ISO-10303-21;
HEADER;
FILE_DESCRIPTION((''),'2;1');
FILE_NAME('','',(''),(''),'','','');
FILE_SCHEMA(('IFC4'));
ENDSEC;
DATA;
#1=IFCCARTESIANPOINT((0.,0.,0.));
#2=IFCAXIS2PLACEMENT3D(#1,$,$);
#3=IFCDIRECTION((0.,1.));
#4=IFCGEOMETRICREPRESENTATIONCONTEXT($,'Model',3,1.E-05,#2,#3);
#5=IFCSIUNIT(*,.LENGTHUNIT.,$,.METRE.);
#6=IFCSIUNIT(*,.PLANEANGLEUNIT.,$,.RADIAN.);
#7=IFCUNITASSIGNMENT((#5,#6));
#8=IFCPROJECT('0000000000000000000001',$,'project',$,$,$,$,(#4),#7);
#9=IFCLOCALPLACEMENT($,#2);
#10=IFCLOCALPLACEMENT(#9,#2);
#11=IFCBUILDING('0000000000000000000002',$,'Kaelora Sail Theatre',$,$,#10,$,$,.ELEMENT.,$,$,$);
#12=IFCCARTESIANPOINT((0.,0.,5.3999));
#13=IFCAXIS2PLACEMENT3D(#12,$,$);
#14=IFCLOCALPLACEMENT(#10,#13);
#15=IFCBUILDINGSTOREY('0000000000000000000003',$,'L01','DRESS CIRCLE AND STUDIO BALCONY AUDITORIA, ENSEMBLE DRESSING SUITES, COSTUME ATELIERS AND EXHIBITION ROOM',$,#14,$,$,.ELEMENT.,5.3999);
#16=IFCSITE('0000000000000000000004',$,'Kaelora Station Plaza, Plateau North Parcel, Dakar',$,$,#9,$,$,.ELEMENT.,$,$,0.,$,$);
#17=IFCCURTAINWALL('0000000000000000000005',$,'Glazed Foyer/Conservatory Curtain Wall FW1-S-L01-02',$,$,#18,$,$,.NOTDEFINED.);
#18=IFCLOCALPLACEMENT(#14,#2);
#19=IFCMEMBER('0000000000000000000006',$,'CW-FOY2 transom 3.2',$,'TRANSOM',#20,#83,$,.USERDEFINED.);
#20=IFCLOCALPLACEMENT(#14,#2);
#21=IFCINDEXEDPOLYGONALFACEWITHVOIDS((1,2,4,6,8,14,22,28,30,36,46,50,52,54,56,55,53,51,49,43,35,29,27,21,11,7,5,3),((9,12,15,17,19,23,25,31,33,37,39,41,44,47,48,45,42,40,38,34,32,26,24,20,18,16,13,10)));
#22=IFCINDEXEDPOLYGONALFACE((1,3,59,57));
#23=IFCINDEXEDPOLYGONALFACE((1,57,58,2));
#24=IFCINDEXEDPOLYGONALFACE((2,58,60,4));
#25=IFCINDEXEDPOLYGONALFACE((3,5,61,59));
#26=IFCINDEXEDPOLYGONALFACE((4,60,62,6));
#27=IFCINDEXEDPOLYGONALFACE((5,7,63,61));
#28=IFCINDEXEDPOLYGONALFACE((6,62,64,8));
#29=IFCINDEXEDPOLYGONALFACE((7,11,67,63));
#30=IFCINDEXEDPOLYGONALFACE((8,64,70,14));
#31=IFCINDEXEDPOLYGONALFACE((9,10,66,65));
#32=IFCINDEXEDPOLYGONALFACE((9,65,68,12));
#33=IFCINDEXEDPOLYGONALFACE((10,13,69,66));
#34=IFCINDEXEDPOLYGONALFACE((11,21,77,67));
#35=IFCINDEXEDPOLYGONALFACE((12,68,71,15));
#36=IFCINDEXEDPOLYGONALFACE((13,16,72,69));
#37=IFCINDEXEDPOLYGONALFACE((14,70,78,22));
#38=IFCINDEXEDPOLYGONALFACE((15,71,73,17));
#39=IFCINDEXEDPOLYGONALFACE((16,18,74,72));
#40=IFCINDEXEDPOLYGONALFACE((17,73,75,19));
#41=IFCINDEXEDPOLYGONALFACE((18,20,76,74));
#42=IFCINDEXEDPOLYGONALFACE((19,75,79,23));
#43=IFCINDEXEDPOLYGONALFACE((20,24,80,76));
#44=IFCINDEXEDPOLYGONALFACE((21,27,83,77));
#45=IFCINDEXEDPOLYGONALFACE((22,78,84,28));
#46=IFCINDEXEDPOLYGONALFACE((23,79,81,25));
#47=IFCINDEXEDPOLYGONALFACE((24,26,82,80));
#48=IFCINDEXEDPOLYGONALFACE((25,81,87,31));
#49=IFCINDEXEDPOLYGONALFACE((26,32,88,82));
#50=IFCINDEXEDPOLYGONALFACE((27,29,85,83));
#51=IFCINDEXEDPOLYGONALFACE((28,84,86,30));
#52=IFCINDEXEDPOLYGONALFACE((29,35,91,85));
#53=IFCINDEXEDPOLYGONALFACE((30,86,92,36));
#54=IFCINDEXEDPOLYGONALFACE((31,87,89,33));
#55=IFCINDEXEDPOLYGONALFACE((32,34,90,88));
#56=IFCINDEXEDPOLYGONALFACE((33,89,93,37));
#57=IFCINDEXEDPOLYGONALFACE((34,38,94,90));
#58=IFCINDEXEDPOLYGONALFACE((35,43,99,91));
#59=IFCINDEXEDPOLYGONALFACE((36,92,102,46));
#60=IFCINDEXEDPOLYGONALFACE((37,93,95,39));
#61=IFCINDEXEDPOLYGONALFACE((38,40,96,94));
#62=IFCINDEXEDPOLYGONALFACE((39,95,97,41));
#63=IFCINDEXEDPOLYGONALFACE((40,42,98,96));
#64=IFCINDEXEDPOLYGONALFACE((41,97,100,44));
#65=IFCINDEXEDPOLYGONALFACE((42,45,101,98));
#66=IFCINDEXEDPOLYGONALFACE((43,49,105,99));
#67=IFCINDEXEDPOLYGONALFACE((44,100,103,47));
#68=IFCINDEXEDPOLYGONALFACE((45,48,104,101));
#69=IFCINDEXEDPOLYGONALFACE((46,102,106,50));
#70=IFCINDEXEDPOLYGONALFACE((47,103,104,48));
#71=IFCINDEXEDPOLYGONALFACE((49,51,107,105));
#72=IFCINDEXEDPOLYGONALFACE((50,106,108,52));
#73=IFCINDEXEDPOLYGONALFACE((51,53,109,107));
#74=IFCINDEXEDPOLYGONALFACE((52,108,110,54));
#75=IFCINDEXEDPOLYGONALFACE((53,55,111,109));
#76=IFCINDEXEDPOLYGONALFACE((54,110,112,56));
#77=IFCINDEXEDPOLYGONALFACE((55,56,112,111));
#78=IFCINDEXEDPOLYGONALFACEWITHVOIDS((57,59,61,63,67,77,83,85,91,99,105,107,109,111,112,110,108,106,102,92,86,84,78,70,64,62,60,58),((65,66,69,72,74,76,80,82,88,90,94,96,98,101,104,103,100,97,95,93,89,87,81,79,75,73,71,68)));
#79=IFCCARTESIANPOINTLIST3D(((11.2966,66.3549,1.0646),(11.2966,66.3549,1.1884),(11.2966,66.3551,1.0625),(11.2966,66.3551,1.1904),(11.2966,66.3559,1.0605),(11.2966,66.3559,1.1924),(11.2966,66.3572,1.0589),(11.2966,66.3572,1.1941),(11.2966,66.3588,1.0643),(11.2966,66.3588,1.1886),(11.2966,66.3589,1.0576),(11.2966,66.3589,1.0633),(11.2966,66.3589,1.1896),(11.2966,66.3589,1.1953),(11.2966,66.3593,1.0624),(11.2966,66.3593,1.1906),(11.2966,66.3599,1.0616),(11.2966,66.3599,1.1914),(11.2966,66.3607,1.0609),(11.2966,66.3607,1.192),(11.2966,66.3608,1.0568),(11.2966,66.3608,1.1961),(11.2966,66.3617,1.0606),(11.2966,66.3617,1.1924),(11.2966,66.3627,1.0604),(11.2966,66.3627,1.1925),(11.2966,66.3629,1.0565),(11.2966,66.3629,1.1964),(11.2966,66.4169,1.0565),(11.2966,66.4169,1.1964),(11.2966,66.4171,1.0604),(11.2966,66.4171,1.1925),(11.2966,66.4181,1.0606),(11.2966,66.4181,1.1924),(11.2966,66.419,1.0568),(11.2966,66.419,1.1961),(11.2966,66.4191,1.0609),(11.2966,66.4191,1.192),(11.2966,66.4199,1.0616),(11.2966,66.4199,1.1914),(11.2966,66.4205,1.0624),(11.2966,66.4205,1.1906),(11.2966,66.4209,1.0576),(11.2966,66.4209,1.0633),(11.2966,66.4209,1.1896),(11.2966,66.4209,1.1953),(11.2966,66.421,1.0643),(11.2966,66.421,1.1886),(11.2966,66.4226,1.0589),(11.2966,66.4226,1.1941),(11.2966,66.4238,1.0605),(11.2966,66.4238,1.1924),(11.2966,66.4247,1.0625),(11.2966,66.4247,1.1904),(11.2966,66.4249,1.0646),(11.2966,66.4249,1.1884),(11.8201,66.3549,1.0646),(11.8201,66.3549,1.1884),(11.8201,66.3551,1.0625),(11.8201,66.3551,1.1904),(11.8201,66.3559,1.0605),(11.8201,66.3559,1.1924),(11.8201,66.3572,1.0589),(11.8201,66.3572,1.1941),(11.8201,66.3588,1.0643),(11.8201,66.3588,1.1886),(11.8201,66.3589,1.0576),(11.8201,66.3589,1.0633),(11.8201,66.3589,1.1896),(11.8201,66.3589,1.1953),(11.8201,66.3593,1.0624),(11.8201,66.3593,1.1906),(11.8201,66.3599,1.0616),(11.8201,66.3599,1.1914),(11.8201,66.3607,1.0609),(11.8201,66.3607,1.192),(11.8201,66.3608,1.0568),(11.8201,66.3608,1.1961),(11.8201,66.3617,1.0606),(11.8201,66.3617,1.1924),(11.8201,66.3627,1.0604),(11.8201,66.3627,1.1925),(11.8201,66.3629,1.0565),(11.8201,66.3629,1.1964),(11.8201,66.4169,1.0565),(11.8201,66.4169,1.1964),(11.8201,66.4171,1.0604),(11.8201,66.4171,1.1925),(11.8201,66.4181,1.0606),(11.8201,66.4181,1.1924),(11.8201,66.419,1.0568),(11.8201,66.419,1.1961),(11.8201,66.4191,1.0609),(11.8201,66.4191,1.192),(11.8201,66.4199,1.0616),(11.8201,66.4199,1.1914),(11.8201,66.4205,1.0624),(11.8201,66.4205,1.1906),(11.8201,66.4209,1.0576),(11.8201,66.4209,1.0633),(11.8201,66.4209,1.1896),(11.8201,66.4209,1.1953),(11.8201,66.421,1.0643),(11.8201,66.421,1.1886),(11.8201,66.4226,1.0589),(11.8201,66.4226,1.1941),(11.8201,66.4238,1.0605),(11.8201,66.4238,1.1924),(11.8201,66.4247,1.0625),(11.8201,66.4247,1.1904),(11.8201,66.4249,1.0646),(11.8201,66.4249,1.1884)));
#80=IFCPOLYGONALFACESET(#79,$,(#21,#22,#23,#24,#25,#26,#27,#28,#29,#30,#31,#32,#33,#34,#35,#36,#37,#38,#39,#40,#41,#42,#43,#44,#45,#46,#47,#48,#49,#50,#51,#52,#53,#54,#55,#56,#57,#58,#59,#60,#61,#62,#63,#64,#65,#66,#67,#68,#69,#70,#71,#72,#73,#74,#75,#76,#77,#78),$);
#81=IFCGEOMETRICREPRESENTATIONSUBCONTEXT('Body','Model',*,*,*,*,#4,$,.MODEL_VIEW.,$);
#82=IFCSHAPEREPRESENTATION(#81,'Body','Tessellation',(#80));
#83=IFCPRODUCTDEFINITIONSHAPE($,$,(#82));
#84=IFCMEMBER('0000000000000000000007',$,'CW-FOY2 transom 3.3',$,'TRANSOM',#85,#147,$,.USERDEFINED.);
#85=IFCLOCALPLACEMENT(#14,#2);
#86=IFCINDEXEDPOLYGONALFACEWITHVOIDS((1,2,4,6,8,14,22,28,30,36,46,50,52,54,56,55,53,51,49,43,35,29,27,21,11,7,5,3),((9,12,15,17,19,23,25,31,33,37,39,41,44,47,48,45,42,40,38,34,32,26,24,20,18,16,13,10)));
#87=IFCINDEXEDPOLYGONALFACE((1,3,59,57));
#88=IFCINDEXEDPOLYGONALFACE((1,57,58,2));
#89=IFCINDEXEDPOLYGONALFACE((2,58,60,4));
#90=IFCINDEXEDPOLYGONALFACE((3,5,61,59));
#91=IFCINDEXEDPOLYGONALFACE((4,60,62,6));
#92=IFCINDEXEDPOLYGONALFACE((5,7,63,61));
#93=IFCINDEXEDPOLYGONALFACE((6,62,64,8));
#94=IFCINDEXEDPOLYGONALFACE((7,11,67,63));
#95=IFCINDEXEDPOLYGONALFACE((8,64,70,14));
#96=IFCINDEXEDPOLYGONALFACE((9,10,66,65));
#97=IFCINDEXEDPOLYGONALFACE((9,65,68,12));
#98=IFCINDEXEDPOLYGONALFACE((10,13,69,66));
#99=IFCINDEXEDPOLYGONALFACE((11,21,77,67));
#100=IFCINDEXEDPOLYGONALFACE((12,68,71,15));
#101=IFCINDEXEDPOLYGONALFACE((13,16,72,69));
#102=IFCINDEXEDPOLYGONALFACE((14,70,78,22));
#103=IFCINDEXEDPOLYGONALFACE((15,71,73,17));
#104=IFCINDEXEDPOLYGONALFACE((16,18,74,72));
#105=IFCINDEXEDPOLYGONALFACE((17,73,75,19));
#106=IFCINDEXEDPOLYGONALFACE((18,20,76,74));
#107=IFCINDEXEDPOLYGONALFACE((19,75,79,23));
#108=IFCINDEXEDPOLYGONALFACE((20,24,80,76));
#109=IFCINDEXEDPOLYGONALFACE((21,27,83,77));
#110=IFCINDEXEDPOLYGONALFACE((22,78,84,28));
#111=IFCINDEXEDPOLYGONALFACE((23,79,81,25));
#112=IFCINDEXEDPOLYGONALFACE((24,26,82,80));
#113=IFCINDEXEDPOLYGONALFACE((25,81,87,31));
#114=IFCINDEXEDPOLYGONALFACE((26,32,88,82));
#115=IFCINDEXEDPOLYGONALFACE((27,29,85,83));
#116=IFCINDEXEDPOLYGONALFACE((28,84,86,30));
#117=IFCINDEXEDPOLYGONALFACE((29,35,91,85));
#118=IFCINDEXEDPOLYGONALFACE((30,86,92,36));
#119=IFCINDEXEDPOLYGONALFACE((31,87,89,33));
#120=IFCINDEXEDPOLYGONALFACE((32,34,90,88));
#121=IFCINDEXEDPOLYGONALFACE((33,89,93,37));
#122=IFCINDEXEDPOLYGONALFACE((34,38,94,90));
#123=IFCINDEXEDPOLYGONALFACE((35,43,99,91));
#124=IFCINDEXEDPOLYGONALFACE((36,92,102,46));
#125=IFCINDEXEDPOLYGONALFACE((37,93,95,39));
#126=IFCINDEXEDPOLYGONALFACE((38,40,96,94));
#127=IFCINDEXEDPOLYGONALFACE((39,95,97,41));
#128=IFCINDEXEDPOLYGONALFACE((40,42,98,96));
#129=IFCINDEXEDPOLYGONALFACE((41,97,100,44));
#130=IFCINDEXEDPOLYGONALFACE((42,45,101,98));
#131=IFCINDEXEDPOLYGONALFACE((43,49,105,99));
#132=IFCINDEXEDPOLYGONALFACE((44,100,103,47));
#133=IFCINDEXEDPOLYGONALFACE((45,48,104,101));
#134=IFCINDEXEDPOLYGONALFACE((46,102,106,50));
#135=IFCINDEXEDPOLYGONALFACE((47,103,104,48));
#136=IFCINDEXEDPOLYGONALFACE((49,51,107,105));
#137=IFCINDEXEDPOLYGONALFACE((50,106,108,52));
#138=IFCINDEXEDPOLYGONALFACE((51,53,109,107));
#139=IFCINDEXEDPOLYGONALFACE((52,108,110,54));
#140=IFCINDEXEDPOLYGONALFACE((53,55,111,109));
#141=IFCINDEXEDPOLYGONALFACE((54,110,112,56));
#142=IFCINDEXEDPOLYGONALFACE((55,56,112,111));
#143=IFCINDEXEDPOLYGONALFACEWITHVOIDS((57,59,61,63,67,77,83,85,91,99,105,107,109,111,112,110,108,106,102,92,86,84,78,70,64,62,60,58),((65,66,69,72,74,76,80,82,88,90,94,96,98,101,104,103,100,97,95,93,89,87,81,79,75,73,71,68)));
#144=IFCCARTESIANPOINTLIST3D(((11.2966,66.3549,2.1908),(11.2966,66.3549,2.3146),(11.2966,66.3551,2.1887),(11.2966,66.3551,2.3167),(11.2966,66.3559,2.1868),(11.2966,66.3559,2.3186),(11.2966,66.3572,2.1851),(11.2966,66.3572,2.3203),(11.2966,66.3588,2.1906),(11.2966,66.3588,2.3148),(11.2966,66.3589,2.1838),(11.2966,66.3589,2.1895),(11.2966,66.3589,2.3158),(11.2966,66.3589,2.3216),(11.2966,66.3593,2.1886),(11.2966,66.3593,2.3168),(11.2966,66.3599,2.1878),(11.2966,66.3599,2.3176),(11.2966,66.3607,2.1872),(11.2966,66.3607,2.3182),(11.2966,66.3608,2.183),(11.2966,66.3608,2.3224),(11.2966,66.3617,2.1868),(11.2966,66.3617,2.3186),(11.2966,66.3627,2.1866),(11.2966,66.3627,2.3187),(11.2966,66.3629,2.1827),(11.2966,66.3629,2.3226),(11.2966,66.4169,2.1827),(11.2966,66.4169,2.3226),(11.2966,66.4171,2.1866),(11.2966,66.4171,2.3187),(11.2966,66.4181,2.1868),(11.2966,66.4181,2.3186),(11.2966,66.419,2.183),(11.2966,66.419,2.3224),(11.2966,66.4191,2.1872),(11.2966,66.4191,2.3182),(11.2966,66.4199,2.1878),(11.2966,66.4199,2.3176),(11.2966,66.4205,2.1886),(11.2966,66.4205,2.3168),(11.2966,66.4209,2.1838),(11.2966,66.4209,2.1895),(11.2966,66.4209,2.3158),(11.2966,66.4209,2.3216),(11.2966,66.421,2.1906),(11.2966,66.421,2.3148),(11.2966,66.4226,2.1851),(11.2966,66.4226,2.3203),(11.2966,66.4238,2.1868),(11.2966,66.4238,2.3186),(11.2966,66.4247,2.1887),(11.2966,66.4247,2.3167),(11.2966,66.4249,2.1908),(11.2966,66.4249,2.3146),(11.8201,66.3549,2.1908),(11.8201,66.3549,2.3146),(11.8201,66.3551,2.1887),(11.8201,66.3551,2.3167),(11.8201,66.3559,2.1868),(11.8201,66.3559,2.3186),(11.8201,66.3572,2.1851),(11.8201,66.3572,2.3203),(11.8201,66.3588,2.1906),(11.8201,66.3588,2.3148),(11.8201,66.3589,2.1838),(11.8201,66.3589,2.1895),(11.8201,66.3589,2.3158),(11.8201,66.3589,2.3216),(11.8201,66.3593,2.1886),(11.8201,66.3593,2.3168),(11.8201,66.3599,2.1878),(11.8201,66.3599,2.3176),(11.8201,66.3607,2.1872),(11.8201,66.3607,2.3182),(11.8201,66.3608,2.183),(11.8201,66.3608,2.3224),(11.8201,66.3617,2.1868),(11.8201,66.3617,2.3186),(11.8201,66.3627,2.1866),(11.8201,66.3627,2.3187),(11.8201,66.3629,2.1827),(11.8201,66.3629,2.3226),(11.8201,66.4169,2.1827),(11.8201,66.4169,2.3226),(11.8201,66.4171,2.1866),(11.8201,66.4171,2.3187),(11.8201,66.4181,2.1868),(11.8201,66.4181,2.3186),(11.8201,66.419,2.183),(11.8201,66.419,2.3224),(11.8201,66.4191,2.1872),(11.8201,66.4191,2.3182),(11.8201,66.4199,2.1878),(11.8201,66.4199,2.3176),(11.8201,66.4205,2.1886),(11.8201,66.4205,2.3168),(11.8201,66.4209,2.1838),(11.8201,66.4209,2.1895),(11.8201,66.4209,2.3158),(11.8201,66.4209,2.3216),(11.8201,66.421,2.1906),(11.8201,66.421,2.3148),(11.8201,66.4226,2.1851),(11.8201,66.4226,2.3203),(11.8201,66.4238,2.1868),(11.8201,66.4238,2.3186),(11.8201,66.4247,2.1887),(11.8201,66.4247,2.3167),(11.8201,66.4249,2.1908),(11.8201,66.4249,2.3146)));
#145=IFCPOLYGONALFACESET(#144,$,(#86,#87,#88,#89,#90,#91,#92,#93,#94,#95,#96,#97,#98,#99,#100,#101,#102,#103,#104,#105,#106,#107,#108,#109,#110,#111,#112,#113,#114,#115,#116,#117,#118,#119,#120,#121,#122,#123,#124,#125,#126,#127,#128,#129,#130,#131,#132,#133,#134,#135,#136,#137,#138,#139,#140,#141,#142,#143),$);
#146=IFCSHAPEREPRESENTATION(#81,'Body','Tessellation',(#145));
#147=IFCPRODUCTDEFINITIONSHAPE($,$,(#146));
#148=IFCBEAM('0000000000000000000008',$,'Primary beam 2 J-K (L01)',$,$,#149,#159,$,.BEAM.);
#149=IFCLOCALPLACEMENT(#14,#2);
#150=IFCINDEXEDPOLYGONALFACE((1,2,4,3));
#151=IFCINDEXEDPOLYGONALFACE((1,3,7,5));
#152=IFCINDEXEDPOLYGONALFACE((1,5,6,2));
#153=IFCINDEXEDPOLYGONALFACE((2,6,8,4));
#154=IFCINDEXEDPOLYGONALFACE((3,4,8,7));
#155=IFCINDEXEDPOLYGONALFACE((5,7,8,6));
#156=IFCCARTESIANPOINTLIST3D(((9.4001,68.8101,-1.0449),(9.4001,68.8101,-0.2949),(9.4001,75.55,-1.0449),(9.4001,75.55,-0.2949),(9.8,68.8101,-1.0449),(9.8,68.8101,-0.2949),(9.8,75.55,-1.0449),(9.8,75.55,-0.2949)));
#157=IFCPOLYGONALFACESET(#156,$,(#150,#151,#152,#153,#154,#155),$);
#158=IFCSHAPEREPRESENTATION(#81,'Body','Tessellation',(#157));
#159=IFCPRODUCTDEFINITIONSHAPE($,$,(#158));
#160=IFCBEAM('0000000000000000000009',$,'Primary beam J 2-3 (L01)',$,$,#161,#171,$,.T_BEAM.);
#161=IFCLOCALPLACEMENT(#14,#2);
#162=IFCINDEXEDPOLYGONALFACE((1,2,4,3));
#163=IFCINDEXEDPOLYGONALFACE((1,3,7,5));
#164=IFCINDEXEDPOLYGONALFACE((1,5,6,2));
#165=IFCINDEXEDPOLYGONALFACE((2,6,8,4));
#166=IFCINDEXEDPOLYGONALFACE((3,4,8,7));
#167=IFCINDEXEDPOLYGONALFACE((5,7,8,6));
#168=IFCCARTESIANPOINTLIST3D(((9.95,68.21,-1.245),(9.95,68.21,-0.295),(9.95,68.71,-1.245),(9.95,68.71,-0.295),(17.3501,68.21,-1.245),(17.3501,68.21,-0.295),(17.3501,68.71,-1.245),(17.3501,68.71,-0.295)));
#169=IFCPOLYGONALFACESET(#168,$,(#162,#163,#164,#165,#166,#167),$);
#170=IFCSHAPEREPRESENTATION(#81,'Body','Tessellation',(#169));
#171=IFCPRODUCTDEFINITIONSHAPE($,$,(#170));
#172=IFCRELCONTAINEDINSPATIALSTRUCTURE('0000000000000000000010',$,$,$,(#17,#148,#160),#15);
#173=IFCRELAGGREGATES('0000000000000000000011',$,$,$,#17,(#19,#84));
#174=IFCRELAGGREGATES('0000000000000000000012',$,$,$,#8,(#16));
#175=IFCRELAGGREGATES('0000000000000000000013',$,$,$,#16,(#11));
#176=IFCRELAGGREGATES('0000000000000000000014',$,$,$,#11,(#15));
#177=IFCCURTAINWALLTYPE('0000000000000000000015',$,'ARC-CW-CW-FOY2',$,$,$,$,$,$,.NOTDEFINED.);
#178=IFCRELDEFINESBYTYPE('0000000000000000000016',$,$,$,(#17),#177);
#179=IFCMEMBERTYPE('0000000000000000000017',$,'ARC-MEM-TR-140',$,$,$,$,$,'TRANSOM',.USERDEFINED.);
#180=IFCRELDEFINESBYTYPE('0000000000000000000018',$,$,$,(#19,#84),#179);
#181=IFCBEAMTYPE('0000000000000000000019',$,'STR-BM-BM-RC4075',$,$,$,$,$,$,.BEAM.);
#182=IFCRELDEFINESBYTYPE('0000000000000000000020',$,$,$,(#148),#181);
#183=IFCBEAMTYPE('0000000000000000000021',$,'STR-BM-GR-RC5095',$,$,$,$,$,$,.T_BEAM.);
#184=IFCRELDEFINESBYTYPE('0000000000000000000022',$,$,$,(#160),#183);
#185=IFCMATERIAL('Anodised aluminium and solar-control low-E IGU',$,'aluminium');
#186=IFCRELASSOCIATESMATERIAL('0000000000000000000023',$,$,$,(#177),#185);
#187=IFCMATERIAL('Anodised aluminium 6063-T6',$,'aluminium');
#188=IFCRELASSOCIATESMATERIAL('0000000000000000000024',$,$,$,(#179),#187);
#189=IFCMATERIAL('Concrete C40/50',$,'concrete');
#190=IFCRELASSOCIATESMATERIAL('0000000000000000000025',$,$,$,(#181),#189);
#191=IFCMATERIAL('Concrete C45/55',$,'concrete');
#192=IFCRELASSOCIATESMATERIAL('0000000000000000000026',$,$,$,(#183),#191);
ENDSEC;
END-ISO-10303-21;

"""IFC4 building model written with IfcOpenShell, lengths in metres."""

from ifc_helpers import new_model, si_unit, direction, frame, origin, origin_2d, place, context, subcontext, project, spatial, rectangle, hollow_rectangle, extrude, material, material_profile, profile_set, type_object, element, aggregate, save


model = new_model("IFC4")

# Units and contexts
model_context = context("Model", 3, precision=1e-05, world=origin(), true_north=direction((0.0, 1.0)))
body_context = subcontext(model_context, "Body", "Model", "MODEL_VIEW")
ifc_project = project(units=[si_unit("LENGTHUNIT", "METRE"), si_unit("PLANEANGLEUNIT", "RADIAN")], contexts=[model_context])

# Site, building, storey
site_placement = place(None, origin())
site = spatial("IfcSite", under=ifc_project, at=site_placement, Name="Kaelora Station Plaza, Plateau North Parcel, Dakar", CompositionType="ELEMENT", RefElevation=0.0)
building_placement = place(site_placement, origin())
building = spatial("IfcBuilding", under=site, at=building_placement, Name="Kaelora Sail Theatre", CompositionType="ELEMENT")
storey_placement = place(building_placement, frame((0.0, 0.0, 5.3999)))
storey = spatial("IfcBuildingStorey", under=building, at=storey_placement, Name="L01", Description="DRESS CIRCLE AND STUDIO BALCONY AUDITORIA, ENSEMBLE DRESSING SUITES, COSTUME ATELIERS AND EXHIBITION ROOM", CompositionType="ELEMENT", Elevation=5.3999)

# Curtain wall, members
ifc_material_1 = material(Name="Anodised aluminium and solar-control low-E IGU", Category="aluminium")
curtain_wall_type = type_object("IfcCurtainWallType", Name="ARC-CW-CW-FOY2", PredefinedType="NOTDEFINED", material=ifc_material_1)
curtain_wall_placement = place(storey_placement, origin())
curtain_wall = element("IfcCurtainWall", 1, at=curtain_wall_placement, inside=storey, type_object=curtain_wall_type, Name="Glazed Foyer/Conservatory Curtain Wall FW1-S-L01-02", PredefinedType="NOTDEFINED")
ifc_material_2 = material(Name="Anodised aluminium 6063-T6", Category="aluminium")
ifc_material_profile_1 = material_profile(ifc_material_2, hollow_rectangle(XDim=0.0701, YDim=0.1399, WallThickness=0.0039, InnerFilletRadius=0.0039, OuterFilletRadius=0.0081, at=origin_2d()), Name="ALU-TRAN 70x140x4")
ifc_profile_set_1 = profile_set([ifc_material_profile_1], Name="Anodised aluminium 6063-T6")
member_type_1 = type_object("IfcMemberType", Name="ARC-MEM-TR-140", ElementType="TRANSOM", PredefinedType="USERDEFINED", material=ifc_profile_set_1)
member_1_placement = place(storey_placement, frame((11.2966, 66.3899, 1.1265), z_axis=(1.0, 0.0, 0.0), x_axis=(0.0, 1.0, 0.0)))
member_1 = element("IfcMember", 2, at=member_1_placement, type_object=member_type_1, Name="CW-FOY2 transom 3.2", ObjectType="TRANSOM", PredefinedType="USERDEFINED", context=body_context, shape_type="SweptSolid", body=[
    extrude(hollow_rectangle(XDim=0.0701, YDim=0.1399, WallThickness=0.0039, InnerFilletRadius=0.0039, OuterFilletRadius=0.0081, at=origin_2d()), origin(), (0.0, 0.0, 1.0), 0.5234),
])
member_2_placement = place(storey_placement, frame((11.2966, 66.3899, 2.2527), z_axis=(1.0, 0.0, 0.0), x_axis=(0.0, 1.0, 0.0)))
member_2 = element("IfcMember", 3, at=member_2_placement, type_object=member_type_1, Name="CW-FOY2 transom 3.3", ObjectType="TRANSOM", PredefinedType="USERDEFINED", context=body_context, shape_type="SweptSolid", body=[
    extrude(hollow_rectangle(XDim=0.0701, YDim=0.1399, WallThickness=0.0039, InnerFilletRadius=0.0039, OuterFilletRadius=0.0081, at=origin_2d()), origin(), (0.0, 0.0, 1.0), 0.5234),
])

# Beams
ifc_material_3 = material(Name="Concrete C40/50", Category="concrete")
ifc_material_profile_2 = material_profile(ifc_material_3, rectangle(XDim=0.3999, YDim=0.75, at=origin_2d()), Name="RC-BM 400x750")
ifc_profile_set_2 = profile_set([ifc_material_profile_2], Name="Concrete C40/50")
beam_type_1 = type_object("IfcBeamType", Name="STR-BM-BM-RC4075", PredefinedType="BEAM", material=ifc_profile_set_2)
beam_1_placement = place(storey_placement, frame((9.6001, 68.8101, -0.6699), z_axis=(0.0, 1.0, 0.0), x_axis=(-1.0, 0.0, 0.0)))
element("IfcBeam", 4, at=beam_1_placement, inside=storey, type_object=beam_type_1, Name="Primary beam 2 J-K (L01)", PredefinedType="BEAM", context=body_context, shape_type="SweptSolid", body=[
    extrude(rectangle(XDim=0.3999, YDim=0.75, at=origin_2d()), origin(), (0.0, 0.0, 1.0), 6.74),
])
ifc_material_4 = material(Name="Concrete C45/55", Category="concrete")
ifc_material_profile_3 = material_profile(ifc_material_4, rectangle(XDim=0.5, YDim=0.95, at=origin_2d()), Name="RC-GRD 500x950")
ifc_profile_set_3 = profile_set([ifc_material_profile_3], Name="Concrete C45/55")
beam_type_2 = type_object("IfcBeamType", Name="STR-BM-GR-RC5095", PredefinedType="T_BEAM", material=ifc_profile_set_3)
beam_2_placement = place(storey_placement, frame((9.95, 68.46, -0.77), z_axis=(1.0, 0.0, 0.0), x_axis=(0.0, 1.0, 0.0)))
element("IfcBeam", 5, at=beam_2_placement, inside=storey, type_object=beam_type_2, Name="Primary beam J 2-3 (L01)", PredefinedType="T_BEAM", context=body_context, shape_type="SweptSolid", body=[
    extrude(rectangle(XDim=0.5, YDim=0.95, at=origin_2d()), origin(), (0.0, 0.0, 1.0), 7.4001),
])

aggregate(curtain_wall, [member_1, member_2])

save(model, "model.ifc")
